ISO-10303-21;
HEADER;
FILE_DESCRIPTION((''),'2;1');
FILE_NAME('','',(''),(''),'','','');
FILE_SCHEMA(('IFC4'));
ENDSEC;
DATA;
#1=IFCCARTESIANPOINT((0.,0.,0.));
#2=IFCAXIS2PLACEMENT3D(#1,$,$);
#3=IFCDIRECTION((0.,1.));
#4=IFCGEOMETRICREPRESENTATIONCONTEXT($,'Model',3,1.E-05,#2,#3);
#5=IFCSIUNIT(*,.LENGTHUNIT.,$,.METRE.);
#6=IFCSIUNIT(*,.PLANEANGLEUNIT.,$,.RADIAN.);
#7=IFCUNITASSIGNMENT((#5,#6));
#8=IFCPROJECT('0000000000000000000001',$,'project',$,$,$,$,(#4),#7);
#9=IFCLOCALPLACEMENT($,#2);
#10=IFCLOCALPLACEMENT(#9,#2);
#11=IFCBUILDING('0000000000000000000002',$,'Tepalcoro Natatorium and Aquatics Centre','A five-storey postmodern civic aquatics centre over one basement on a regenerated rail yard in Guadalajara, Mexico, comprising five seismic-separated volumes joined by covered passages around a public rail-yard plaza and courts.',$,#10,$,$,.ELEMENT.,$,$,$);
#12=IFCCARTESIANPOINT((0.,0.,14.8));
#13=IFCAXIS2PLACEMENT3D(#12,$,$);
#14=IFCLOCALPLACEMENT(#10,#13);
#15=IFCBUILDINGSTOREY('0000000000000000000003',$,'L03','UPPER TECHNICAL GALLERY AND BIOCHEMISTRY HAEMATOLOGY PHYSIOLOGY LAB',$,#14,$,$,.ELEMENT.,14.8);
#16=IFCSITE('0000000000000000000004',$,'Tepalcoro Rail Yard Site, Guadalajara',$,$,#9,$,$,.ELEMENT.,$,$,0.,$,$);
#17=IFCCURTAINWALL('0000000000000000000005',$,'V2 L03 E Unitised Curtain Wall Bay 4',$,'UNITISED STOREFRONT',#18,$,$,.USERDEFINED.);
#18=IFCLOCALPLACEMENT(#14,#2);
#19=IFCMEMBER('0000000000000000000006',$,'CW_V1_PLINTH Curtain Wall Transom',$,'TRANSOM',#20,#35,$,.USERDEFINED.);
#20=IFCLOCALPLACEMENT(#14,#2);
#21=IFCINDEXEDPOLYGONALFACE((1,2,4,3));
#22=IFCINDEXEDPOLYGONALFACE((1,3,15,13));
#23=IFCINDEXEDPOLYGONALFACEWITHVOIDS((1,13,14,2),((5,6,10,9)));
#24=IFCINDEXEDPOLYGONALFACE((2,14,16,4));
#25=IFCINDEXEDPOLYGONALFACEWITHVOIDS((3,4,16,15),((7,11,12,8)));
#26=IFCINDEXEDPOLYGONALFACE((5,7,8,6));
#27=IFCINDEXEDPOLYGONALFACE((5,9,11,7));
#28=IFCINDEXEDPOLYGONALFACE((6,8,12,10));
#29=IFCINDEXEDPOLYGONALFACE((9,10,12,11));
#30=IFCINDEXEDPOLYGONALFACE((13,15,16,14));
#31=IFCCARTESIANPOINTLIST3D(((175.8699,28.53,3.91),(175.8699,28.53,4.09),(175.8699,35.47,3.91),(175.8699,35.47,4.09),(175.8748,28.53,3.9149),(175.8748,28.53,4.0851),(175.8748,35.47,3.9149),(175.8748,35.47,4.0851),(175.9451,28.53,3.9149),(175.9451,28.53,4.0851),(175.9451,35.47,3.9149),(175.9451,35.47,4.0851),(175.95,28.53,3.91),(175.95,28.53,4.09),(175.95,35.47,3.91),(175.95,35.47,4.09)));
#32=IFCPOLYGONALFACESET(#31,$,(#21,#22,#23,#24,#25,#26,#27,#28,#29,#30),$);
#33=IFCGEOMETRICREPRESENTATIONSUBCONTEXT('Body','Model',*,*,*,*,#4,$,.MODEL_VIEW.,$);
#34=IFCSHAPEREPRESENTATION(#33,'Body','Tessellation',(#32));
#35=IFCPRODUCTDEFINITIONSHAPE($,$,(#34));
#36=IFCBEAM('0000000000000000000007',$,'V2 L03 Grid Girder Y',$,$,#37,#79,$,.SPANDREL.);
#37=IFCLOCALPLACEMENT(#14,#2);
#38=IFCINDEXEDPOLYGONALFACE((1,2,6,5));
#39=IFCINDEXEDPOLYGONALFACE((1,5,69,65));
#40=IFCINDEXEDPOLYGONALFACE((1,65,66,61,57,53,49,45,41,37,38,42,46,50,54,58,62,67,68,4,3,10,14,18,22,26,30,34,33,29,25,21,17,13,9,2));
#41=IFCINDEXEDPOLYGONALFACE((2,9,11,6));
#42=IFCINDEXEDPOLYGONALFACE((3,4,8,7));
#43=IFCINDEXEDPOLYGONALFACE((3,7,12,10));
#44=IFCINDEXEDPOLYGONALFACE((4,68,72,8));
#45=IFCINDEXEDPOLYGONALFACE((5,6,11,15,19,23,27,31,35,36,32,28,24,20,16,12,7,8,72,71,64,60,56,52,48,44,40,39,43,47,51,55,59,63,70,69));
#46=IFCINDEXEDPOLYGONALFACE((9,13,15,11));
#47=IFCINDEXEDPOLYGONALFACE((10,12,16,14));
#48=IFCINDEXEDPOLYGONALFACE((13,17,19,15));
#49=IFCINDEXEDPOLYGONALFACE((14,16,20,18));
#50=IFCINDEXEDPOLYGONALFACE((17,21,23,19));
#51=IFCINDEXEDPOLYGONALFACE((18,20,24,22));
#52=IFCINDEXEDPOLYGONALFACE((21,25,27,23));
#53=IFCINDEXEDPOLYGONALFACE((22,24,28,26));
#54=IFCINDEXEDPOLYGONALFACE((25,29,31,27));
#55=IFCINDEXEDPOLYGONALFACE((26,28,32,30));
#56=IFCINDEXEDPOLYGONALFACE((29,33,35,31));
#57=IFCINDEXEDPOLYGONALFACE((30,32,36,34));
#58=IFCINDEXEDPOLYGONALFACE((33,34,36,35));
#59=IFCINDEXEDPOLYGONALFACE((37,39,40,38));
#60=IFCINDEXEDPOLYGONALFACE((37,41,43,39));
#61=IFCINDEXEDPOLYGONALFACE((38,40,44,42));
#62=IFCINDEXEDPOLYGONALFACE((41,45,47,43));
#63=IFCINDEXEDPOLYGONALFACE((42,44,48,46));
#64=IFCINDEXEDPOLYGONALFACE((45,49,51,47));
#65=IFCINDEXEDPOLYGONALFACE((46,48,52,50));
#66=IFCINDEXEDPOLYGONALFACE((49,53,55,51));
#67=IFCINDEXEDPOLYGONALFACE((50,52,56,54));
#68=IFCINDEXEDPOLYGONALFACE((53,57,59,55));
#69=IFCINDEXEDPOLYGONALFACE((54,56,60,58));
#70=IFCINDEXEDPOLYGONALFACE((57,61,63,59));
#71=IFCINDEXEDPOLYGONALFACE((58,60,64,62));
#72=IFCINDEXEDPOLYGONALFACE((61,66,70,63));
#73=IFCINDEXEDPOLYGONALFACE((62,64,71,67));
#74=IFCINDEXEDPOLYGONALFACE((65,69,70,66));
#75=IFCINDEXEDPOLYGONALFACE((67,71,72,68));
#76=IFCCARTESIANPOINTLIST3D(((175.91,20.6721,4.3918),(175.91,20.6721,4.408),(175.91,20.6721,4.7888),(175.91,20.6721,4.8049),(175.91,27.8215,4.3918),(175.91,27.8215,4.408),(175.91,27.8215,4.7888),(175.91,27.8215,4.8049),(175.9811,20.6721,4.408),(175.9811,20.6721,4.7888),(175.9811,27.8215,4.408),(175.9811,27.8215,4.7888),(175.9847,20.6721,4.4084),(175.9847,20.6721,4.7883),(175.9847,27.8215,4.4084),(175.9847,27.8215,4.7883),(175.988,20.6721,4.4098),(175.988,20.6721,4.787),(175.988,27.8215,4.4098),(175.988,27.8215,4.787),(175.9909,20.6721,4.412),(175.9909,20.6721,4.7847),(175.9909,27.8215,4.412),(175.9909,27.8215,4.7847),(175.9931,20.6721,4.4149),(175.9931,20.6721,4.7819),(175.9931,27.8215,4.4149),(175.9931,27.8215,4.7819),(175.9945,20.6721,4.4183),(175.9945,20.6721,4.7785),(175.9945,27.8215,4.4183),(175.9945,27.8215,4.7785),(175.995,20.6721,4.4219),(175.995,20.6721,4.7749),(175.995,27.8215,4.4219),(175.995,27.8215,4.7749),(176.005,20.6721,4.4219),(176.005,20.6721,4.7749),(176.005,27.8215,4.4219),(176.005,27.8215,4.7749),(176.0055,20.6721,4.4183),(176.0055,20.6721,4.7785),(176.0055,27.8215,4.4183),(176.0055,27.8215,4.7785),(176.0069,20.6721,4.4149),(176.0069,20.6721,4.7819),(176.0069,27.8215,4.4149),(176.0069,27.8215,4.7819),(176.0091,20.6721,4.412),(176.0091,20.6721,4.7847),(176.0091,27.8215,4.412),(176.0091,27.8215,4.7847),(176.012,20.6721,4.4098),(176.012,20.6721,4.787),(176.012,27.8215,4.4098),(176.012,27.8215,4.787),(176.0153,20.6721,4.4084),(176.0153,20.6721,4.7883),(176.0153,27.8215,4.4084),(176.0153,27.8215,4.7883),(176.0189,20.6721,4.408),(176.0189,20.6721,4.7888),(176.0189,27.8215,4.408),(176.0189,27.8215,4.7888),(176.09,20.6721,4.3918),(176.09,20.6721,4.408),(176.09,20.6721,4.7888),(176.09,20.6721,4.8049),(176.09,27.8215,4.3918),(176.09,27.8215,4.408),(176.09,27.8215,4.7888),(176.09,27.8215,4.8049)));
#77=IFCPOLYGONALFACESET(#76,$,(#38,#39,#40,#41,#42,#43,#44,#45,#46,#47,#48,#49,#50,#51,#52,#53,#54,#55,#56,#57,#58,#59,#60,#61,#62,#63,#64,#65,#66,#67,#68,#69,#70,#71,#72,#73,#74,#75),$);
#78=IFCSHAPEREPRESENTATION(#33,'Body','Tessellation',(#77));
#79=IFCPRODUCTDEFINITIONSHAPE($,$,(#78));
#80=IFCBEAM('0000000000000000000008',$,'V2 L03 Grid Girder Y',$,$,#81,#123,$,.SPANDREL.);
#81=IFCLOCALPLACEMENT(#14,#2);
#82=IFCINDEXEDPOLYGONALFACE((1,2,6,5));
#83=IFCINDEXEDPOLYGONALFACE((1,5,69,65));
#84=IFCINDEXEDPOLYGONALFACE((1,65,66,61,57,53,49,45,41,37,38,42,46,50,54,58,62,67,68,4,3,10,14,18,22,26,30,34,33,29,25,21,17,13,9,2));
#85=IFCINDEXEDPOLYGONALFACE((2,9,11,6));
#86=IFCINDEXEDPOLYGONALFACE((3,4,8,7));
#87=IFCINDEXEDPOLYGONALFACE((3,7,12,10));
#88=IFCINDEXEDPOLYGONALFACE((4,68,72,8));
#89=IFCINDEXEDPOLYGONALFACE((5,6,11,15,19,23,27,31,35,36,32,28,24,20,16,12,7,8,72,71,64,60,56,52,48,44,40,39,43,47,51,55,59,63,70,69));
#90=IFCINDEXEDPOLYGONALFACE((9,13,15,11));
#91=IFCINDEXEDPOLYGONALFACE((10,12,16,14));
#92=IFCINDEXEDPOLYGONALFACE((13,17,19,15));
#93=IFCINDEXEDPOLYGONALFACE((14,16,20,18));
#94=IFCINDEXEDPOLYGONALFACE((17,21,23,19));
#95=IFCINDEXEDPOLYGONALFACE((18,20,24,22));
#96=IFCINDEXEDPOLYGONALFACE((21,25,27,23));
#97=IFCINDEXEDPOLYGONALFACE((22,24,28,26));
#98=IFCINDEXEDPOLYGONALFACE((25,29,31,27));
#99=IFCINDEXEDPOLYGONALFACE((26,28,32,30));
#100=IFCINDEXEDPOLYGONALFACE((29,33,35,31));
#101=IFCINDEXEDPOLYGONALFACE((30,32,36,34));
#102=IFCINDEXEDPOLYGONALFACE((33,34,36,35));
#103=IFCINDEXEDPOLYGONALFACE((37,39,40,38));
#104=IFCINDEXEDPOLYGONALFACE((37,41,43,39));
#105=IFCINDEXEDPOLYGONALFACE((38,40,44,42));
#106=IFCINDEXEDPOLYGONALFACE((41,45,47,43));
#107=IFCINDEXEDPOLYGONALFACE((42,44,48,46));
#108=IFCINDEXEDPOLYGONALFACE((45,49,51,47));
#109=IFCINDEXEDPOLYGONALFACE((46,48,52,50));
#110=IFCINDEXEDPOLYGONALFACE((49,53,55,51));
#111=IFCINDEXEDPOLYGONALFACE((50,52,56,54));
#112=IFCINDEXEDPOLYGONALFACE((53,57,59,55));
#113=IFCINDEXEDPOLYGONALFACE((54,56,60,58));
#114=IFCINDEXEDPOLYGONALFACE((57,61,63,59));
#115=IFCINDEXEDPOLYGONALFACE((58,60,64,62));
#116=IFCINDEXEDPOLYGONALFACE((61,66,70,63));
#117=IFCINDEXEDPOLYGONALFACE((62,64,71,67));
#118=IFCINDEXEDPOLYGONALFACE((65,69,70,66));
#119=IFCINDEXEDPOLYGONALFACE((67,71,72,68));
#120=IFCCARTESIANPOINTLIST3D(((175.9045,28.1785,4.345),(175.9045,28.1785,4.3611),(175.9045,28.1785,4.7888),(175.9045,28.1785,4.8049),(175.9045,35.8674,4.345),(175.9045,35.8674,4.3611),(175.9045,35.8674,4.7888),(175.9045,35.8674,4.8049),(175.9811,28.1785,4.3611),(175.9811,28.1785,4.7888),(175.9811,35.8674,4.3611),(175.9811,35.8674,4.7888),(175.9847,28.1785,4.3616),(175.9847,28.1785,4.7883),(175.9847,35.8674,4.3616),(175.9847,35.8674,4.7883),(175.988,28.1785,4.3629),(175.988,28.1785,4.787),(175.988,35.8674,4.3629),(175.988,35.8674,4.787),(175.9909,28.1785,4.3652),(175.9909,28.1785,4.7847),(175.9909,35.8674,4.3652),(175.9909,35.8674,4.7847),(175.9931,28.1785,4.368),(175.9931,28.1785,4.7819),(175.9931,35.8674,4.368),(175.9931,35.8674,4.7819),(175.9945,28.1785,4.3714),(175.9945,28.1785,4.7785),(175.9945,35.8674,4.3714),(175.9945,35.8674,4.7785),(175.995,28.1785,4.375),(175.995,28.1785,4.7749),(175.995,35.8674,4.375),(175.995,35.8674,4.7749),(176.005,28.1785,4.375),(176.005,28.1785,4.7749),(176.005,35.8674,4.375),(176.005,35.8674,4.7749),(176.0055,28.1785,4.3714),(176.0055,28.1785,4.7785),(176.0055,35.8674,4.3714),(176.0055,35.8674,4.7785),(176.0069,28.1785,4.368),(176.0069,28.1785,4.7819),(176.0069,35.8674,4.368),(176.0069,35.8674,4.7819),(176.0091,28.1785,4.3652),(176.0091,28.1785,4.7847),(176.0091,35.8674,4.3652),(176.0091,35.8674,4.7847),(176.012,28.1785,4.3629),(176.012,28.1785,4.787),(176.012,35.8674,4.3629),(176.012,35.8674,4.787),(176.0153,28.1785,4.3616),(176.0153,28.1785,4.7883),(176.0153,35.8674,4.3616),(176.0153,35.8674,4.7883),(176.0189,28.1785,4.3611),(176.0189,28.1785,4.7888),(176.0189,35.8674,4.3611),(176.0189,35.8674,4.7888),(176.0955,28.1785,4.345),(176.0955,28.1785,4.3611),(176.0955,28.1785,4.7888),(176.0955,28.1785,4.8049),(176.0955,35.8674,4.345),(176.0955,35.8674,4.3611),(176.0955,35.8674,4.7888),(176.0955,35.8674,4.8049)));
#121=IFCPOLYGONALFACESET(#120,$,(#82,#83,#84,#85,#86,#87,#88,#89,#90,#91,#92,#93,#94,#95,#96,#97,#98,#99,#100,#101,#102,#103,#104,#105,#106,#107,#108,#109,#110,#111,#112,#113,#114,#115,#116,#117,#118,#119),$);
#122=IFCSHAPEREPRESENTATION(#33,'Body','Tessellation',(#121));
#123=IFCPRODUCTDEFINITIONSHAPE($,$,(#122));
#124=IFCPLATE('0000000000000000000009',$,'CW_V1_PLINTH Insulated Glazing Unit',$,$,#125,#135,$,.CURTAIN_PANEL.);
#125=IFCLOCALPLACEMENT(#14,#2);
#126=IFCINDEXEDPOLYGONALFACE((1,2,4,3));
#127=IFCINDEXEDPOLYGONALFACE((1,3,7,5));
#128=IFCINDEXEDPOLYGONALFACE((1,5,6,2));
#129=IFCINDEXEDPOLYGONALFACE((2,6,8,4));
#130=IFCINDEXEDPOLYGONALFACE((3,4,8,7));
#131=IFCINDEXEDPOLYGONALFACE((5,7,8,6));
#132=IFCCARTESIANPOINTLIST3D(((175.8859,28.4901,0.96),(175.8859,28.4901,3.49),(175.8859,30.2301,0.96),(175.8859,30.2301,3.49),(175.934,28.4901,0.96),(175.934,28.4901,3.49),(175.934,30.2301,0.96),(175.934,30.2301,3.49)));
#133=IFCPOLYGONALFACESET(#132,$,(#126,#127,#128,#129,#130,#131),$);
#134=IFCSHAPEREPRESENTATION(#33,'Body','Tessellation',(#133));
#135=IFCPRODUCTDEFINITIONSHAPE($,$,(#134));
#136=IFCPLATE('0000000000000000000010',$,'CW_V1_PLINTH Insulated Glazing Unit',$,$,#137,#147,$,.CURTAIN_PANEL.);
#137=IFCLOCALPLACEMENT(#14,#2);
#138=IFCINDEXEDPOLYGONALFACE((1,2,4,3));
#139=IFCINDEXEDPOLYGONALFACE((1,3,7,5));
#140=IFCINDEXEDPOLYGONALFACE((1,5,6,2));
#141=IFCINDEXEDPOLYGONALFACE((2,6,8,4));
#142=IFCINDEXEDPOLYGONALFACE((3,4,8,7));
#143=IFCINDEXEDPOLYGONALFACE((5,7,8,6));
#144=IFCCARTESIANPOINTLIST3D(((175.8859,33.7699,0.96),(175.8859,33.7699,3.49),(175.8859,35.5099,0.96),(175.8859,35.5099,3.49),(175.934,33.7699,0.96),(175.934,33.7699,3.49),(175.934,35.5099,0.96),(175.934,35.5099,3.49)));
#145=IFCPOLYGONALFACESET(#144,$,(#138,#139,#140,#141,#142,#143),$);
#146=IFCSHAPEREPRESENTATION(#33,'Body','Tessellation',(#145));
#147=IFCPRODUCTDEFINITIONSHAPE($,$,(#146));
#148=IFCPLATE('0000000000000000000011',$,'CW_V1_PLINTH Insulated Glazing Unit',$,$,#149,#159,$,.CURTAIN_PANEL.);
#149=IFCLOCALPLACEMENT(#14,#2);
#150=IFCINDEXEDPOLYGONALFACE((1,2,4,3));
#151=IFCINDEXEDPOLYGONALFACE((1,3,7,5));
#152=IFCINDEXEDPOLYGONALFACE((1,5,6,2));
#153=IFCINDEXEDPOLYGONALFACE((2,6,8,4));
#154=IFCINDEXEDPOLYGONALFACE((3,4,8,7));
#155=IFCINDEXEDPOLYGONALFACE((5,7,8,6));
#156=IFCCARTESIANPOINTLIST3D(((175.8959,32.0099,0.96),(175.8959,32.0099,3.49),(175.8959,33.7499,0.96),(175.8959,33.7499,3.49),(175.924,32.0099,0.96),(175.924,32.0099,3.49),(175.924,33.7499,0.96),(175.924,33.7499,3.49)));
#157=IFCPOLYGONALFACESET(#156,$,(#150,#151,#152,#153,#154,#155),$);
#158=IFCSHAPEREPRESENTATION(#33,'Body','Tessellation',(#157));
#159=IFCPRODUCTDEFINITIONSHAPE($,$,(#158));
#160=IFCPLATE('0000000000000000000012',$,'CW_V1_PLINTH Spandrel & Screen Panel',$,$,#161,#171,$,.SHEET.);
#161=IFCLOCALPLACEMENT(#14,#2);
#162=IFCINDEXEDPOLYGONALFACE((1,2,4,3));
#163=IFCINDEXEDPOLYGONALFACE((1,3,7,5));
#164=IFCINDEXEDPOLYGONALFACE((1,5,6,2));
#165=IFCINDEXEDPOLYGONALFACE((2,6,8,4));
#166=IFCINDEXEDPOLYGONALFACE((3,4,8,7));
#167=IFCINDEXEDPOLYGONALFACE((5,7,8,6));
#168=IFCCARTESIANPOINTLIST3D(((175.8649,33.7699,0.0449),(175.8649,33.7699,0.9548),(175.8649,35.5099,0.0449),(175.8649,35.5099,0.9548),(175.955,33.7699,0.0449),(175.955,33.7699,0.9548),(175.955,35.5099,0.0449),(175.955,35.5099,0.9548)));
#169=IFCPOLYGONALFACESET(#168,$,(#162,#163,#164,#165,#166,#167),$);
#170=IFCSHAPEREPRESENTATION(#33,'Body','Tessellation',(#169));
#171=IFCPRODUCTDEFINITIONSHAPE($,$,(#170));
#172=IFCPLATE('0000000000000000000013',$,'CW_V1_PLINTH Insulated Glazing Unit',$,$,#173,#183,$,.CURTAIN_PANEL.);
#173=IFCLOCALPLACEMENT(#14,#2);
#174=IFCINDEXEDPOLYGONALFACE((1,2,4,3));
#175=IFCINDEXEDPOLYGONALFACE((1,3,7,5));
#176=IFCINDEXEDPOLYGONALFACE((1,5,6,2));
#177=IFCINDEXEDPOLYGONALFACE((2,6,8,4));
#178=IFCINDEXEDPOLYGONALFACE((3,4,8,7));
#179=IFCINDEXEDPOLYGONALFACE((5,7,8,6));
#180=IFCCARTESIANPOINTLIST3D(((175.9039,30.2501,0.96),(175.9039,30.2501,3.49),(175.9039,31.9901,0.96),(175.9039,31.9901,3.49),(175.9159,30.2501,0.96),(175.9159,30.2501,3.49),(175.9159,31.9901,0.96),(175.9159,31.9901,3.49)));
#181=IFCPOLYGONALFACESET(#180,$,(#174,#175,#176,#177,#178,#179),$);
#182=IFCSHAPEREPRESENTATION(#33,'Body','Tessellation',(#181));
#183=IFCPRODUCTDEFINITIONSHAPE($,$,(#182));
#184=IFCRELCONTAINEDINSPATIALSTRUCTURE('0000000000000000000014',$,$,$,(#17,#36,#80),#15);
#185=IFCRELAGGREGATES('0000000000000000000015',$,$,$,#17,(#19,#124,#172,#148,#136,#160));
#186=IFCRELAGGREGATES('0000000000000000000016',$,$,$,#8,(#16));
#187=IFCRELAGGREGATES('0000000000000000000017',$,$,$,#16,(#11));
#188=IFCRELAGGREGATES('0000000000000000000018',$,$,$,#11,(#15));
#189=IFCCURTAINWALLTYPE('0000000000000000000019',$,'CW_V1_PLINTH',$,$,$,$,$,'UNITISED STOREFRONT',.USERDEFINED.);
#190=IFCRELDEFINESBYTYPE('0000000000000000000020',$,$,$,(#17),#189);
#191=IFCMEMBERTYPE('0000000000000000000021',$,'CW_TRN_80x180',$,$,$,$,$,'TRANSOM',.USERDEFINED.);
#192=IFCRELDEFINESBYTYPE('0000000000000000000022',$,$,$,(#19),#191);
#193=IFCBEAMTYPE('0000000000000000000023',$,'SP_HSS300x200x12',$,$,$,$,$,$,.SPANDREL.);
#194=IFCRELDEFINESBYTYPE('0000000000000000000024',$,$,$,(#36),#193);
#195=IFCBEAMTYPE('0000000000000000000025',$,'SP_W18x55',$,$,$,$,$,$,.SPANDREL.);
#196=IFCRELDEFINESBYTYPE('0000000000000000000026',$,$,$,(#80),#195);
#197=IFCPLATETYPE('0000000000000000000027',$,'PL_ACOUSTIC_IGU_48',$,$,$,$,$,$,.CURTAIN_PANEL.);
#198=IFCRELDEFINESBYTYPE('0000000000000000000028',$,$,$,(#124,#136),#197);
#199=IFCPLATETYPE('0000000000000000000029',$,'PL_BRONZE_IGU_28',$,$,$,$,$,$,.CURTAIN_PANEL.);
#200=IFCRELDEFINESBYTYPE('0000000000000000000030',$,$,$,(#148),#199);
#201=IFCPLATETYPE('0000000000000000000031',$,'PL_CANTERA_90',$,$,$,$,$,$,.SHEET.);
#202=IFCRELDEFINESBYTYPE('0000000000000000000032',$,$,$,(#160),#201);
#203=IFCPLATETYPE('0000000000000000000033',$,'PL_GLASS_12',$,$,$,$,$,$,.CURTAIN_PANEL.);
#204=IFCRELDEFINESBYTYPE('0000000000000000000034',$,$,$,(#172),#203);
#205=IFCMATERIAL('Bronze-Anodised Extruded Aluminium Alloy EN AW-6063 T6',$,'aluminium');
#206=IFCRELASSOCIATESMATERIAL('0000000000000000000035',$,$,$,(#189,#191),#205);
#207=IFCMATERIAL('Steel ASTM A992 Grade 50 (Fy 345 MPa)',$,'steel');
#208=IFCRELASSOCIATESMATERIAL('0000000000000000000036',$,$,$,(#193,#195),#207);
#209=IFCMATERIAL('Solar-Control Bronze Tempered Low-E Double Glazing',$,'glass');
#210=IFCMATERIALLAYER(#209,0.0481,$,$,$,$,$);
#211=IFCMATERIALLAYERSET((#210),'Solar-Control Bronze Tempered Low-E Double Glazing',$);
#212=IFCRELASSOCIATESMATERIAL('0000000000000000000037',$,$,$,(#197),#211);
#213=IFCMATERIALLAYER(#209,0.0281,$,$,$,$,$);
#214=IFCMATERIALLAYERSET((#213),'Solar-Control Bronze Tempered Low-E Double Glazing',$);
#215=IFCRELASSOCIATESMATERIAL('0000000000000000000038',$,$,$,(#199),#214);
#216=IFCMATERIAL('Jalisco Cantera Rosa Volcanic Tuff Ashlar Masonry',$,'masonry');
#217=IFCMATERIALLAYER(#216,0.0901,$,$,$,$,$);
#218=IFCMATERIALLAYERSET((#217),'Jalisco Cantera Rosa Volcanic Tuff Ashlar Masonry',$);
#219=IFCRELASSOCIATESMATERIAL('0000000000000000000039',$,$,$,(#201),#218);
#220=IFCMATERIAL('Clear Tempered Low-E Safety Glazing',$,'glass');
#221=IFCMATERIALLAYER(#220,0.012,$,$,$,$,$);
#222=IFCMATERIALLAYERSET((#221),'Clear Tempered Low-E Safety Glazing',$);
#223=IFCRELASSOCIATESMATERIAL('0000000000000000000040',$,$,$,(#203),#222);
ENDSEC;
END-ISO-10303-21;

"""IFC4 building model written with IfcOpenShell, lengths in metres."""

from ifc_helpers import new_model, si_unit, direction, frame, origin, origin_2d, place, context, subcontext, project, spatial, rectangle, hollow_rectangle, i_section, extrude, material, layer, layer_set, material_profile, profile_set, type_object, element, aggregate, save


model = new_model("IFC4")

# Units and contexts
model_context = context("Model", 3, precision=1e-05, world=origin(), true_north=direction((0.0, 1.0)))
body_context = subcontext(model_context, "Body", "Model", "MODEL_VIEW")
ifc_project = project(units=[si_unit("LENGTHUNIT", "METRE"), si_unit("PLANEANGLEUNIT", "RADIAN")], contexts=[model_context])

# Site, building, storey
site_placement = place(None, origin())
site = spatial("IfcSite", under=ifc_project, at=site_placement, Name="Tepalcoro Rail Yard Site, Guadalajara", CompositionType="ELEMENT", RefElevation=0.0)
building_placement = place(site_placement, origin())
building = spatial("IfcBuilding", under=site, at=building_placement, Name="Tepalcoro Natatorium and Aquatics Centre", Description="A five-storey postmodern civic aquatics centre over one basement on a regenerated rail yard in Guadalajara, Mexico, comprising five seismic-separated volumes joined by covered passages around a public rail-yard plaza and courts.", CompositionType="ELEMENT")
storey_placement = place(building_placement, frame((0.0, 0.0, 14.8)))
storey = spatial("IfcBuildingStorey", under=building, at=storey_placement, Name="L03", Description="UPPER TECHNICAL GALLERY AND BIOCHEMISTRY HAEMATOLOGY PHYSIOLOGY LAB", CompositionType="ELEMENT", Elevation=14.8)

# Shared definitions
ifc_material_1 = material(Name="Steel ASTM A992 Grade 50 (Fy 345 MPa)", Category="steel")

# Curtain wall, member
ifc_material_2 = material(Name="Bronze-Anodised Extruded Aluminium Alloy EN AW-6063 T6", Category="aluminium")
curtain_wall_type = type_object("IfcCurtainWallType", Name="CW_V1_PLINTH", ElementType="UNITISED STOREFRONT", PredefinedType="USERDEFINED", material=ifc_material_2)
curtain_wall_placement = place(storey_placement, origin())
curtain_wall = element("IfcCurtainWall", 1, at=curtain_wall_placement, inside=storey, type_object=curtain_wall_type, Name="V2 L03 E Unitised Curtain Wall Bay 4", ObjectType="UNITISED STOREFRONT", PredefinedType="USERDEFINED")
ifc_material_profile_1 = material_profile(ifc_material_2, hollow_rectangle(XDim=0.0801, YDim=0.1799, WallThickness=0.0049, at=origin_2d()), Name="AL80X180X5")
ifc_profile_set_1 = profile_set([ifc_material_profile_1], Name="Bronze-Anodised Extruded Aluminium Alloy EN AW-6063 T6")
member_type_1 = type_object("IfcMemberType", Name="CW_TRN_80x180", ElementType="TRANSOM", PredefinedType="USERDEFINED", material=ifc_profile_set_1)
member_1_placement = place(storey_placement, frame((175.9099, 28.53, 4.0), z_axis=(0.0, 1.0, 0.0), x_axis=(-1.0, 0.0, 0.0)))
member_1 = element("IfcMember", 2, at=member_1_placement, type_object=member_type_1, Name="CW_V1_PLINTH Curtain Wall Transom", ObjectType="TRANSOM", PredefinedType="USERDEFINED", context=body_context, shape_type="SweptSolid", body=[
    extrude(hollow_rectangle(XDim=0.0801, YDim=0.1799, WallThickness=0.0049, at=origin_2d()), origin(), (0.0, 0.0, 1.0), 6.9399),
])

# Beams
ifc_material_profile_2 = material_profile(ifc_material_1, i_section(OverallWidth=0.1799, OverallDepth=0.4131, WebThickness=0.01, FlangeThickness=0.0161, FilletRadius=0.0139, at=origin_2d()), Name="W16X50")
ifc_profile_set_2 = profile_set([ifc_material_profile_2], Name="Steel ASTM A992 Grade 50 (Fy 345 MPa)")
beam_type_1 = type_object("IfcBeamType", Name="SP_HSS300x200x12", PredefinedType="SPANDREL", material=ifc_profile_set_2)
beam_1_placement = place(storey_placement, frame((176.0, 20.6721, 4.5984), z_axis=(0.0, 1.0, 0.0), x_axis=(-1.0, 0.0, 0.0)))
element("IfcBeam", 3, at=beam_1_placement, inside=storey, type_object=beam_type_1, Name="V2 L03 Grid Girder Y", PredefinedType="SPANDREL", context=body_context, shape_type="SweptSolid", body=[
    extrude(i_section(OverallWidth=0.1799, OverallDepth=0.4131, WebThickness=0.01, FlangeThickness=0.0161, FilletRadius=0.0139, at=origin_2d()), origin(), (0.0, 0.0, 1.0), 7.1494),
])
ifc_material_profile_3 = material_profile(ifc_material_1, i_section(OverallWidth=0.1909, OverallDepth=0.46, WebThickness=0.01, FlangeThickness=0.0161, FilletRadius=0.0139, at=origin_2d()), Name="W18X55")
ifc_profile_set_3 = profile_set([ifc_material_profile_3], Name="Steel ASTM A992 Grade 50 (Fy 345 MPa)")
beam_type_2 = type_object("IfcBeamType", Name="SP_W18x55", PredefinedType="SPANDREL", material=ifc_profile_set_3)
beam_2_placement = place(storey_placement, frame((176.0, 28.1785, 4.575), z_axis=(0.0, 1.0, 0.0), x_axis=(-1.0, 0.0, 0.0)))
element("IfcBeam", 4, at=beam_2_placement, inside=storey, type_object=beam_type_2, Name="V2 L03 Grid Girder Y", PredefinedType="SPANDREL", context=body_context, shape_type="SweptSolid", body=[
    extrude(i_section(OverallWidth=0.1909, OverallDepth=0.46, WebThickness=0.01, FlangeThickness=0.0161, FilletRadius=0.0139, at=origin_2d()), origin(), (0.0, 0.0, 1.0), 7.689),
])

# Plates
ifc_material_3 = material(Name="Solar-Control Bronze Tempered Low-E Double Glazing", Category="glass")
ifc_layer_1 = layer(ifc_material_3, 0.0481)
ifc_layer_set_1 = layer_set([ifc_layer_1], Name="Solar-Control Bronze Tempered Low-E Double Glazing")
plate_type_1 = type_object("IfcPlateType", Name="PL_ACOUSTIC_IGU_48", PredefinedType="CURTAIN_PANEL", material=ifc_layer_set_1)
plate_1_placement = place(storey_placement, frame((175.9099, 29.3601, 0.96), z_axis=(0.0, 0.0, 1.0), x_axis=(1.0, 0.0, 0.0)))
plate_1 = element("IfcPlate", 5, at=plate_1_placement, type_object=plate_type_1, Name="CW_V1_PLINTH Insulated Glazing Unit", PredefinedType="CURTAIN_PANEL", context=body_context, shape_type="SweptSolid", body=[
    extrude(rectangle(XDim=0.0481, YDim=1.74, at=origin_2d()), origin(), (0.0, 0.0, 1.0), 2.53),
])
plate_2_placement = place(storey_placement, frame((175.9099, 34.6399, 0.96), z_axis=(0.0, 0.0, 1.0), x_axis=(1.0, 0.0, 0.0)))
plate_2 = element("IfcPlate", 6, at=plate_2_placement, type_object=plate_type_1, Name="CW_V1_PLINTH Insulated Glazing Unit", PredefinedType="CURTAIN_PANEL", context=body_context, shape_type="SweptSolid", body=[
    extrude(rectangle(XDim=0.0481, YDim=1.74, at=origin_2d()), origin(), (0.0, 0.0, 1.0), 2.53),
])
ifc_layer_2 = layer(ifc_material_3, 0.0281)
ifc_layer_set_2 = layer_set([ifc_layer_2], Name="Solar-Control Bronze Tempered Low-E Double Glazing")
plate_type_2 = type_object("IfcPlateType", Name="PL_BRONZE_IGU_28", PredefinedType="CURTAIN_PANEL", material=ifc_layer_set_2)
plate_3_placement = place(storey_placement, frame((175.9099, 32.8799, 0.96), z_axis=(0.0, 0.0, 1.0), x_axis=(1.0, 0.0, 0.0)))
plate_3 = element("IfcPlate", 7, at=plate_3_placement, type_object=plate_type_2, Name="CW_V1_PLINTH Insulated Glazing Unit", PredefinedType="CURTAIN_PANEL", context=body_context, shape_type="SweptSolid", body=[
    extrude(rectangle(XDim=0.0281, YDim=1.74, at=origin_2d()), origin(), (0.0, 0.0, 1.0), 2.53),
])
ifc_material_4 = material(Name="Jalisco Cantera Rosa Volcanic Tuff Ashlar Masonry", Category="masonry")
ifc_layer_3 = layer(ifc_material_4, 0.0901)
ifc_layer_set_3 = layer_set([ifc_layer_3], Name="Jalisco Cantera Rosa Volcanic Tuff Ashlar Masonry")
plate_type_3 = type_object("IfcPlateType", Name="PL_CANTERA_90", PredefinedType="SHEET", material=ifc_layer_set_3)
plate_4_placement = place(storey_placement, frame((175.9099, 34.6399, 0.0449), z_axis=(0.0, 0.0, 1.0), x_axis=(1.0, 0.0, 0.0)))
plate_4 = element("IfcPlate", 8, at=plate_4_placement, type_object=plate_type_3, Name="CW_V1_PLINTH Spandrel & Screen Panel", PredefinedType="SHEET", context=body_context, shape_type="SweptSolid", body=[
    extrude(rectangle(XDim=0.0901, YDim=1.74, at=origin_2d()), origin(), (0.0, 0.0, 1.0), 0.9099),
])
ifc_material_5 = material(Name="Clear Tempered Low-E Safety Glazing", Category="glass")
ifc_layer_4 = layer(ifc_material_5, 0.012)
ifc_layer_set_4 = layer_set([ifc_layer_4], Name="Clear Tempered Low-E Safety Glazing")
plate_type_4 = type_object("IfcPlateType", Name="PL_GLASS_12", PredefinedType="CURTAIN_PANEL", material=ifc_layer_set_4)
plate_5_placement = place(storey_placement, frame((175.9099, 31.1201, 0.96), z_axis=(0.0, 0.0, 1.0), x_axis=(1.0, 0.0, 0.0)))
plate_5 = element("IfcPlate", 9, at=plate_5_placement, type_object=plate_type_4, Name="CW_V1_PLINTH Insulated Glazing Unit", PredefinedType="CURTAIN_PANEL", context=body_context, shape_type="SweptSolid", body=[
    extrude(rectangle(XDim=0.012, YDim=1.74, at=origin_2d()), origin(), (0.0, 0.0, 1.0), 2.53),
])
aggregate(curtain_wall, [member_1, plate_1, plate_5, plate_3, plate_2, plate_4])

save(model, "model.ifc")
